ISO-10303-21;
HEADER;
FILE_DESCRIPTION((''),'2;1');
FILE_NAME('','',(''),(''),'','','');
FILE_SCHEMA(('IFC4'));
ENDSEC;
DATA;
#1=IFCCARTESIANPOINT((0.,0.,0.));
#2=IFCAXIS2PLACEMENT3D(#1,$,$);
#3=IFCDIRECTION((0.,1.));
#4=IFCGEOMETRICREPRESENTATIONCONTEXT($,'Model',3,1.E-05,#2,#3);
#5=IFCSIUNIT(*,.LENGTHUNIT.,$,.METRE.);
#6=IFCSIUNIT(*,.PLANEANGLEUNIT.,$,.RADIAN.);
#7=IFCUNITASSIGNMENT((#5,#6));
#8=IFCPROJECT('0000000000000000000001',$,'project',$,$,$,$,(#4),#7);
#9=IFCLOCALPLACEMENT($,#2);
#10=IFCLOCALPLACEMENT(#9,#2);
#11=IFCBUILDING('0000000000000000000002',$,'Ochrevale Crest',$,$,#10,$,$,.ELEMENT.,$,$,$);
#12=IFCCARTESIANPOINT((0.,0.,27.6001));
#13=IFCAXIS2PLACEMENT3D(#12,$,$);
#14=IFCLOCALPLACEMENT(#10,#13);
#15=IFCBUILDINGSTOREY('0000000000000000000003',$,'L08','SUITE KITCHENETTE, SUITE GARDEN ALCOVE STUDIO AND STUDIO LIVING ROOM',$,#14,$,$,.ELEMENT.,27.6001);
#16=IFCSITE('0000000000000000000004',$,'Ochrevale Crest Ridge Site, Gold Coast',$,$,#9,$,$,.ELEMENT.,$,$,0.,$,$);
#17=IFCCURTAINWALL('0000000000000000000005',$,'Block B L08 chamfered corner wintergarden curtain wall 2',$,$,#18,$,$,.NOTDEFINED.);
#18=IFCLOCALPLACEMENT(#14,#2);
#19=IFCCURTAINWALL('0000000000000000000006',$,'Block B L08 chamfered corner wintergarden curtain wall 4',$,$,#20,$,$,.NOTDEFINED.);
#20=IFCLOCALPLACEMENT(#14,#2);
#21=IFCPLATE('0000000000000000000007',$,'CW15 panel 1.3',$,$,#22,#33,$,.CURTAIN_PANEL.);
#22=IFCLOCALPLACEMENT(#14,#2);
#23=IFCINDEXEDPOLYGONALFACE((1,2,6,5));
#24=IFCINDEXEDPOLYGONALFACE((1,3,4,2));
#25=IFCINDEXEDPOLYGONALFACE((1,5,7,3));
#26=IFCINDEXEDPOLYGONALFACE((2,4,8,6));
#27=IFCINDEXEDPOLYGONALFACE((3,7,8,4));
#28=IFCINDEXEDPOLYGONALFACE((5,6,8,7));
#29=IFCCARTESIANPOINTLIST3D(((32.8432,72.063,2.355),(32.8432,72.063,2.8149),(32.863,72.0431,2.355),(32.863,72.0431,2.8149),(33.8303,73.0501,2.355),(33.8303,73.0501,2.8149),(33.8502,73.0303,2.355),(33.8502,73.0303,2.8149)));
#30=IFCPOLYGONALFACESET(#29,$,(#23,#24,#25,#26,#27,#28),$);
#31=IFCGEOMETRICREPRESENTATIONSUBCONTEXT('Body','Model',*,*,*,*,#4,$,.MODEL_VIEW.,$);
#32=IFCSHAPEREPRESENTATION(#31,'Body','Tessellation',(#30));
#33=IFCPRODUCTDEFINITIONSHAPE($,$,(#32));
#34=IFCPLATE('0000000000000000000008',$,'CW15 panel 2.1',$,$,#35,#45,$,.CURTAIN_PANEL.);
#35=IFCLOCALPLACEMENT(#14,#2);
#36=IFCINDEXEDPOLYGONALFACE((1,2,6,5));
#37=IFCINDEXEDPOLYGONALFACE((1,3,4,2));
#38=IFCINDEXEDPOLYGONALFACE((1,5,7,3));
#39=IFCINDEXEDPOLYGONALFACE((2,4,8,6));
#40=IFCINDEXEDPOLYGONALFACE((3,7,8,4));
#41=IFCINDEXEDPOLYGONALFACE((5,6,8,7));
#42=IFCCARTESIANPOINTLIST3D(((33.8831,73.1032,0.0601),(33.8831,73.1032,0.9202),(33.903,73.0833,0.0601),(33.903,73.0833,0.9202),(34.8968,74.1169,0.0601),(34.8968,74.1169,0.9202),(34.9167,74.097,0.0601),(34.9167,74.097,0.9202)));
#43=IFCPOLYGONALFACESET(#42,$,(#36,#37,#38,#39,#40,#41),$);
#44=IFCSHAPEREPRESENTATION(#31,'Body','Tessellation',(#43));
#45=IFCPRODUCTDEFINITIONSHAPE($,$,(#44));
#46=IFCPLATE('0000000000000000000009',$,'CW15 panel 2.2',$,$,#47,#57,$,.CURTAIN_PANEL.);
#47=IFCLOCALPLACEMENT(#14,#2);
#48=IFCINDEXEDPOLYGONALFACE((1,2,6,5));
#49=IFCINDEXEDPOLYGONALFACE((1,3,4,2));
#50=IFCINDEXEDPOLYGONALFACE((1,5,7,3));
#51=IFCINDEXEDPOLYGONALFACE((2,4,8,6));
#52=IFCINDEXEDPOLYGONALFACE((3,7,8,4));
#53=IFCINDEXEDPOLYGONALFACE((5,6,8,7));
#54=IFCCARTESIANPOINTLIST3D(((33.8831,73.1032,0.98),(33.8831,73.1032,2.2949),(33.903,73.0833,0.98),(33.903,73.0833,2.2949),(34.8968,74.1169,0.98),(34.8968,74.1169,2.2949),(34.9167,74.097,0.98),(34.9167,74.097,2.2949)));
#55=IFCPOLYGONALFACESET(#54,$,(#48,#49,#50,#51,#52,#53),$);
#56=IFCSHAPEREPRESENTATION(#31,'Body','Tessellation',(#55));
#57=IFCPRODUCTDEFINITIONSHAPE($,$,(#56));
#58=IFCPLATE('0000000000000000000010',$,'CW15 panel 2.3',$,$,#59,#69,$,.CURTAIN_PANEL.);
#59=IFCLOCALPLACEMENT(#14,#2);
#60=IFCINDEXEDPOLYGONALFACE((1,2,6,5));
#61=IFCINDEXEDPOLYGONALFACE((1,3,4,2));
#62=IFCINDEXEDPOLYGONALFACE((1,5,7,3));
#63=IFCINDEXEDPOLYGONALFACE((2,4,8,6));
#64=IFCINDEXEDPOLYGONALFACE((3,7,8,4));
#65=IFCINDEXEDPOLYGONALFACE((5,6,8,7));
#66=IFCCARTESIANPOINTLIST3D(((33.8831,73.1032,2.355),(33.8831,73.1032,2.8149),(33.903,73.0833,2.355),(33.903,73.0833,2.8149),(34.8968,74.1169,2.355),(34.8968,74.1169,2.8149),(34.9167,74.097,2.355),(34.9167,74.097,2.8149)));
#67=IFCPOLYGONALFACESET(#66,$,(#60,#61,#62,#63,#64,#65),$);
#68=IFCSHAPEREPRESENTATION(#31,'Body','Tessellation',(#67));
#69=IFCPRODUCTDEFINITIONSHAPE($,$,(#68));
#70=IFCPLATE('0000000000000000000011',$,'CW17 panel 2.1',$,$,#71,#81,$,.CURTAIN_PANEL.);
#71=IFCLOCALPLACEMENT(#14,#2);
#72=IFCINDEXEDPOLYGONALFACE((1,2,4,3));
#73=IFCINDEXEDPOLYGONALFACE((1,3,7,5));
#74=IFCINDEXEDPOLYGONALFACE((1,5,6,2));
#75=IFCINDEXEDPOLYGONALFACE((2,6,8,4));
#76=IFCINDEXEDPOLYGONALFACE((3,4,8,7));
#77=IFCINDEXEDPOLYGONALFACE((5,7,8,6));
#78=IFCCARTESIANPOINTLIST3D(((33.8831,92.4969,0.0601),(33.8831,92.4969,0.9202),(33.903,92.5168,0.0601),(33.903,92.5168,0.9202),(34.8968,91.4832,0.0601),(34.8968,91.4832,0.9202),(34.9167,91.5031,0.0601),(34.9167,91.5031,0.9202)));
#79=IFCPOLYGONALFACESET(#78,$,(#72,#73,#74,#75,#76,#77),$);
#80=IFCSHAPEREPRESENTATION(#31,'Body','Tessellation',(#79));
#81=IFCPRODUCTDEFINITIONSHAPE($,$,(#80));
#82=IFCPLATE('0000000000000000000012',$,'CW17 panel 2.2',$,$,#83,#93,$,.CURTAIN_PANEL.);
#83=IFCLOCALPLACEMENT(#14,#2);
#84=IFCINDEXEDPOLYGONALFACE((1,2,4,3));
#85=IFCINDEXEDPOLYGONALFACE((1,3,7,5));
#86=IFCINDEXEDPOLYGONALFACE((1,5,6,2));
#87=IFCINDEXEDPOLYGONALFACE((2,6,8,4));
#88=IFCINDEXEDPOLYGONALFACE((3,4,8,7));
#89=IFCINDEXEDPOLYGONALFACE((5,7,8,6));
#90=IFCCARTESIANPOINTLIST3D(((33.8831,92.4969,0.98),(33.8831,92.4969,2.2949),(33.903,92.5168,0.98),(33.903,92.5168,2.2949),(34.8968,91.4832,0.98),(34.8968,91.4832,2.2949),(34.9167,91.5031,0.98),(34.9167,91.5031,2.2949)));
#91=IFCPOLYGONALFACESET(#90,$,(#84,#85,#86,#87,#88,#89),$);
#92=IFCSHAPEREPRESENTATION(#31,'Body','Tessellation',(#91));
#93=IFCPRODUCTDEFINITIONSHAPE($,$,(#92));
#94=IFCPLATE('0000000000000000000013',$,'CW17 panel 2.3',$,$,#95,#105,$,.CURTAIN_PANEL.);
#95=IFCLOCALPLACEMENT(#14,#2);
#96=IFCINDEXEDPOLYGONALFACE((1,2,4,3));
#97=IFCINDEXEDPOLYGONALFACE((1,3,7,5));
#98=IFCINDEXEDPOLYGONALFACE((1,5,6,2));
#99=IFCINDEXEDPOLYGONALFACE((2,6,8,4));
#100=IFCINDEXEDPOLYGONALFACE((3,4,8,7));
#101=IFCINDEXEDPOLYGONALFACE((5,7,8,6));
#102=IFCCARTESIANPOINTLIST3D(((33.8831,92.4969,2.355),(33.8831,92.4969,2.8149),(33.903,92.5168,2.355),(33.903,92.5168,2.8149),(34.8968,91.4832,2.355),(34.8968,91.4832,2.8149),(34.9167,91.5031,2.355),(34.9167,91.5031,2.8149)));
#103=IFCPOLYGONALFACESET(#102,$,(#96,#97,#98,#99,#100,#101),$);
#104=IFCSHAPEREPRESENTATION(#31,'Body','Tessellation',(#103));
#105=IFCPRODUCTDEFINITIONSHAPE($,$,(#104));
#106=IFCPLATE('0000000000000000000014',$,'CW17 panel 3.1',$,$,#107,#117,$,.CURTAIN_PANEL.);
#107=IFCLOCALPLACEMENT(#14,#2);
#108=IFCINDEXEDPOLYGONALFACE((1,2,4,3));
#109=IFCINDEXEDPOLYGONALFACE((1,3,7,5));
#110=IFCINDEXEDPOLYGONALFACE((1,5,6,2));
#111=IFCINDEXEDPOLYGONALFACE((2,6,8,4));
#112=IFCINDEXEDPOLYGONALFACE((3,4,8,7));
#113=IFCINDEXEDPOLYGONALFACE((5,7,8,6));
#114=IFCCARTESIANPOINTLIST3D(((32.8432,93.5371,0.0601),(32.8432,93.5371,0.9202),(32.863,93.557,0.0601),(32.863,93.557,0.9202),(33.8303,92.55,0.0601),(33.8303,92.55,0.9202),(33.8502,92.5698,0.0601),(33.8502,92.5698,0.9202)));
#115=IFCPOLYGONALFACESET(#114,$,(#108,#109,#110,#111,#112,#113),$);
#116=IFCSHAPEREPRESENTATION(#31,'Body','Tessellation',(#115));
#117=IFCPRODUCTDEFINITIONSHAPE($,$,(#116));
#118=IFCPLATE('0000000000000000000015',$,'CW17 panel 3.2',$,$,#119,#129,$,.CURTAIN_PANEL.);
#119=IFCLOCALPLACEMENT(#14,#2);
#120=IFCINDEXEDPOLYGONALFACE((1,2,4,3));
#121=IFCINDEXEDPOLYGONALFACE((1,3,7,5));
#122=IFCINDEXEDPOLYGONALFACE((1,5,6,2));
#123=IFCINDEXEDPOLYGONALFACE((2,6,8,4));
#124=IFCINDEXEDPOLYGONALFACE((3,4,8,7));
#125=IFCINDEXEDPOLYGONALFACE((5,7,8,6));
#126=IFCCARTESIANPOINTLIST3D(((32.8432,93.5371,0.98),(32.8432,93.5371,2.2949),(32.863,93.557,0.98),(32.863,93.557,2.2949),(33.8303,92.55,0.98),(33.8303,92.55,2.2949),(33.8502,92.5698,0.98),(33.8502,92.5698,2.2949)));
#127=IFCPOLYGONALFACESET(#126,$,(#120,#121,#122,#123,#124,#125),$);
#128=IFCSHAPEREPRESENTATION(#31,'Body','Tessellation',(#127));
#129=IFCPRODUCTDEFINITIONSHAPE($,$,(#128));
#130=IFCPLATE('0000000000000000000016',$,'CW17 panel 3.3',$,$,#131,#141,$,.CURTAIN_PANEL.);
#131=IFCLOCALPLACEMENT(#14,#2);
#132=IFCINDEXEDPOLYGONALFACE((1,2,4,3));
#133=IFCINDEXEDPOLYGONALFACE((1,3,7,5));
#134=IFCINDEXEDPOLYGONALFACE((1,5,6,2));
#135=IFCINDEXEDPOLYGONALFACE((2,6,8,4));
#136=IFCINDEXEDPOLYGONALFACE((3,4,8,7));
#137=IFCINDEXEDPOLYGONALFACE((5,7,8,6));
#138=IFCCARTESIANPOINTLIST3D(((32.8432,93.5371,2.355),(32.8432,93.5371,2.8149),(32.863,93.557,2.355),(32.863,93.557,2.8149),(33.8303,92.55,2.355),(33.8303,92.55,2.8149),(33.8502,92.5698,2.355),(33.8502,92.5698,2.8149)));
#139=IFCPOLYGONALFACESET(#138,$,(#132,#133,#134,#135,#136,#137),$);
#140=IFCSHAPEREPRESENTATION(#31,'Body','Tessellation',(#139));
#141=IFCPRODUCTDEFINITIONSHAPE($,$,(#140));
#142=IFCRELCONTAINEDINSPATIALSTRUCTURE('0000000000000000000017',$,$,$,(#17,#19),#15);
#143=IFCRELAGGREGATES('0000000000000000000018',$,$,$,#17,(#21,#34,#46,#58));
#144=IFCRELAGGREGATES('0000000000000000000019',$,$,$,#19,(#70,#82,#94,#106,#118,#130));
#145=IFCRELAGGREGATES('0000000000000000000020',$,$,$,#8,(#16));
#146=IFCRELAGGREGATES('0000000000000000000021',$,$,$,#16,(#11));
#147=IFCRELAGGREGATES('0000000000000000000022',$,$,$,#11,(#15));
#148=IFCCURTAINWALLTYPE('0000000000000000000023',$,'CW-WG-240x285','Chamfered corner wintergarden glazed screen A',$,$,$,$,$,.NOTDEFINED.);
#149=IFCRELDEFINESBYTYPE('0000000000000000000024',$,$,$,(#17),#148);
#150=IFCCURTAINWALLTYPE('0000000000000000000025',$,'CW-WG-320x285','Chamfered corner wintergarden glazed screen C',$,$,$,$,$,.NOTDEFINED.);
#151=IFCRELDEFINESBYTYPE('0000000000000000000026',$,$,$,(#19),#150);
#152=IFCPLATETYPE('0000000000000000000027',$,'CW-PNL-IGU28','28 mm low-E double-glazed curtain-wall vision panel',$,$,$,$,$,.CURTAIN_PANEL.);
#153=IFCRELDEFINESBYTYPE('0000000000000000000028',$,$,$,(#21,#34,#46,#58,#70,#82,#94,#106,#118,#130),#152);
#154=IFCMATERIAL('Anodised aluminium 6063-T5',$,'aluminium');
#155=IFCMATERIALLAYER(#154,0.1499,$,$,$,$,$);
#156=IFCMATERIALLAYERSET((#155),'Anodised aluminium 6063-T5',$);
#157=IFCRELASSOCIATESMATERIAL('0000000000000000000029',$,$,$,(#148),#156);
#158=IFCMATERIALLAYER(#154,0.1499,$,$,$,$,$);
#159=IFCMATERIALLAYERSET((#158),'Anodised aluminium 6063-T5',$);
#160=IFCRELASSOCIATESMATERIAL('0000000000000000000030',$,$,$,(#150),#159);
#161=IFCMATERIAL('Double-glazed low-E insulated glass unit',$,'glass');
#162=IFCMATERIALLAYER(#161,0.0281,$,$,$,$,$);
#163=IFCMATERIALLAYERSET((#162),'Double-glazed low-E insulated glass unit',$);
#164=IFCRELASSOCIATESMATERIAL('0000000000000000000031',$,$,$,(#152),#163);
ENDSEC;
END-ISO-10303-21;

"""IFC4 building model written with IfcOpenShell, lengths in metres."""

from ifc_helpers import new_model, si_unit, direction, frame, origin, origin_2d, place, context, subcontext, project, spatial, rectangle, extrude, material, layer, layer_set, type_object, element, aggregate, save


model = new_model("IFC4")

# Units and contexts
model_context = context("Model", 3, precision=1e-05, world=origin(), true_north=direction((0.0, 1.0)))
body_context = subcontext(model_context, "Body", "Model", "MODEL_VIEW")
ifc_project = project(units=[si_unit("LENGTHUNIT", "METRE"), si_unit("PLANEANGLEUNIT", "RADIAN")], contexts=[model_context])

# Site, building, storey
site_placement = place(None, origin())
site = spatial("IfcSite", under=ifc_project, at=site_placement, Name="Ochrevale Crest Ridge Site, Gold Coast", CompositionType="ELEMENT", RefElevation=0.0)
building_placement = place(site_placement, origin())
building = spatial("IfcBuilding", under=site, at=building_placement, Name="Ochrevale Crest", CompositionType="ELEMENT")
storey_placement = place(building_placement, frame((0.0, 0.0, 27.6001)))
storey = spatial("IfcBuildingStorey", under=building, at=storey_placement, Name="L08", Description="SUITE KITCHENETTE, SUITE GARDEN ALCOVE STUDIO AND STUDIO LIVING ROOM", CompositionType="ELEMENT", Elevation=27.6001)

# Curtain walls
ifc_material_1 = material(Name="Anodised aluminium 6063-T5", Category="aluminium")
ifc_layer_1 = layer(ifc_material_1, 0.1499)
ifc_layer_set_1 = layer_set([ifc_layer_1], Name="Anodised aluminium 6063-T5")
curtain_wall_type_1 = type_object("IfcCurtainWallType", Name="CW-WG-240x285", Description="Chamfered corner wintergarden glazed screen A", PredefinedType="NOTDEFINED", material=ifc_layer_set_1)
curtain_wall_1_placement = place(storey_placement, origin())
curtain_wall_1 = element("IfcCurtainWall", 1, at=curtain_wall_1_placement, inside=storey, type_object=curtain_wall_type_1, Name="Block B L08 chamfered corner wintergarden curtain wall 2", PredefinedType="NOTDEFINED")
ifc_layer_2 = layer(ifc_material_1, 0.1499)
ifc_layer_set_2 = layer_set([ifc_layer_2], Name="Anodised aluminium 6063-T5")
curtain_wall_type_2 = type_object("IfcCurtainWallType", Name="CW-WG-320x285", Description="Chamfered corner wintergarden glazed screen C", PredefinedType="NOTDEFINED", material=ifc_layer_set_2)
curtain_wall_2_placement = place(storey_placement, origin())
curtain_wall_2 = element("IfcCurtainWall", 2, at=curtain_wall_2_placement, inside=storey, type_object=curtain_wall_type_2, Name="Block B L08 chamfered corner wintergarden curtain wall 4", PredefinedType="NOTDEFINED")

# Plates
ifc_material_2 = material(Name="Double-glazed low-E insulated glass unit", Category="glass")
ifc_layer_3 = layer(ifc_material_2, 0.0281)
ifc_layer_set_3 = layer_set([ifc_layer_3], Name="Double-glazed low-E insulated glass unit")
plate_type = type_object("IfcPlateType", Name="CW-PNL-IGU28", Description="28 mm low-E double-glazed curtain-wall vision panel", PredefinedType="CURTAIN_PANEL", material=ifc_layer_set_3)
plate_1_placement = place(storey_placement, frame((33.3467, 72.5466, 2.355), z_axis=(0.0, 0.0, 1.0), x_axis=(0.707107, 0.707107, 0.0)))
plate_1 = element("IfcPlate", 3, at=plate_1_placement, type_object=plate_type, Name="CW15 panel 1.3", PredefinedType="CURTAIN_PANEL", context=body_context, shape_type="SweptSolid", body=[
    extrude(rectangle(XDim=1.396, YDim=0.0281, at=origin_2d()), origin(), (0.0, 0.0, 1.0), 0.46),
])
plate_2_placement = place(storey_placement, frame((34.3999, 73.6001, 0.0601), z_axis=(0.0, 0.0, 1.0), x_axis=(0.707107, 0.707107, 0.0)))
plate_2 = element("IfcPlate", 4, at=plate_2_placement, type_object=plate_type, Name="CW15 panel 2.1", PredefinedType="CURTAIN_PANEL", context=body_context, shape_type="SweptSolid", body=[
    extrude(rectangle(XDim=1.4336, YDim=0.0281, at=origin_2d()), origin(), (0.0, 0.0, 1.0), 0.8601),
])
plate_3_placement = place(storey_placement, frame((34.3999, 73.6001, 0.98), z_axis=(0.0, 0.0, 1.0), x_axis=(0.707107, 0.707107, 0.0)))
plate_3 = element("IfcPlate", 5, at=plate_3_placement, type_object=plate_type, Name="CW15 panel 2.2", PredefinedType="CURTAIN_PANEL", context=body_context, shape_type="SweptSolid", body=[
    extrude(rectangle(XDim=1.4336, YDim=0.0281, at=origin_2d()), origin(), (0.0, 0.0, 1.0), 1.3149),
])
plate_4_placement = place(storey_placement, frame((34.3999, 73.6001, 2.355), z_axis=(0.0, 0.0, 1.0), x_axis=(0.707107, 0.707107, 0.0)))
plate_4 = element("IfcPlate", 6, at=plate_4_placement, type_object=plate_type, Name="CW15 panel 2.3", PredefinedType="CURTAIN_PANEL", context=body_context, shape_type="SweptSolid", body=[
    extrude(rectangle(XDim=1.4336, YDim=0.0281, at=origin_2d()), origin(), (0.0, 0.0, 1.0), 0.46),
])
aggregate(curtain_wall_1, [plate_1, plate_2, plate_3, plate_4])
plate_5_placement = place(storey_placement, frame((34.3999, 92.0, 0.0601), z_axis=(0.0, 0.0, 1.0), x_axis=(-0.707107, 0.707107, 0.0)))
plate_5 = element("IfcPlate", 7, at=plate_5_placement, type_object=plate_type, Name="CW17 panel 2.1", PredefinedType="CURTAIN_PANEL", context=body_context, shape_type="SweptSolid", body=[
    extrude(rectangle(XDim=1.4336, YDim=0.0281, at=origin_2d()), origin(), (0.0, 0.0, 1.0), 0.8601),
])
plate_6_placement = place(storey_placement, frame((34.3999, 92.0, 0.98), z_axis=(0.0, 0.0, 1.0), x_axis=(-0.707107, 0.707107, 0.0)))
plate_6 = element("IfcPlate", 8, at=plate_6_placement, type_object=plate_type, Name="CW17 panel 2.2", PredefinedType="CURTAIN_PANEL", context=body_context, shape_type="SweptSolid", body=[
    extrude(rectangle(XDim=1.4336, YDim=0.0281, at=origin_2d()), origin(), (0.0, 0.0, 1.0), 1.3149),
])
plate_7_placement = place(storey_placement, frame((34.3999, 92.0, 2.355), z_axis=(0.0, 0.0, 1.0), x_axis=(-0.707107, 0.707107, 0.0)))
plate_7 = element("IfcPlate", 9, at=plate_7_placement, type_object=plate_type, Name="CW17 panel 2.3", PredefinedType="CURTAIN_PANEL", context=body_context, shape_type="SweptSolid", body=[
    extrude(rectangle(XDim=1.4336, YDim=0.0281, at=origin_2d()), origin(), (0.0, 0.0, 1.0), 0.46),
])
plate_8_placement = place(storey_placement, frame((33.3467, 93.0535, 0.0601), z_axis=(0.0, 0.0, 1.0), x_axis=(-0.707107, 0.707107, 0.0)))
plate_8 = element("IfcPlate", 10, at=plate_8_placement, type_object=plate_type, Name="CW17 panel 3.1", PredefinedType="CURTAIN_PANEL", context=body_context, shape_type="SweptSolid", body=[
    extrude(rectangle(XDim=1.396, YDim=0.0281, at=origin_2d()), origin(), (0.0, 0.0, 1.0), 0.8601),
])
plate_9_placement = place(storey_placement, frame((33.3467, 93.0535, 0.98), z_axis=(0.0, 0.0, 1.0), x_axis=(-0.707107, 0.707107, 0.0)))
plate_9 = element("IfcPlate", 11, at=plate_9_placement, type_object=plate_type, Name="CW17 panel 3.2", PredefinedType="CURTAIN_PANEL", context=body_context, shape_type="SweptSolid", body=[
    extrude(rectangle(XDim=1.396, YDim=0.0281, at=origin_2d()), origin(), (0.0, 0.0, 1.0), 1.3149),
])
plate_10_placement = place(storey_placement, frame((33.3467, 93.0535, 2.355), z_axis=(0.0, 0.0, 1.0), x_axis=(-0.707107, 0.707107, 0.0)))
plate_10 = element("IfcPlate", 12, at=plate_10_placement, type_object=plate_type, Name="CW17 panel 3.3", PredefinedType="CURTAIN_PANEL", context=body_context, shape_type="SweptSolid", body=[
    extrude(rectangle(XDim=1.396, YDim=0.0281, at=origin_2d()), origin(), (0.0, 0.0, 1.0), 0.46),
])
aggregate(curtain_wall_2, [plate_5, plate_6, plate_7, plate_8, plate_9, plate_10])

save(model, "model.ifc")
